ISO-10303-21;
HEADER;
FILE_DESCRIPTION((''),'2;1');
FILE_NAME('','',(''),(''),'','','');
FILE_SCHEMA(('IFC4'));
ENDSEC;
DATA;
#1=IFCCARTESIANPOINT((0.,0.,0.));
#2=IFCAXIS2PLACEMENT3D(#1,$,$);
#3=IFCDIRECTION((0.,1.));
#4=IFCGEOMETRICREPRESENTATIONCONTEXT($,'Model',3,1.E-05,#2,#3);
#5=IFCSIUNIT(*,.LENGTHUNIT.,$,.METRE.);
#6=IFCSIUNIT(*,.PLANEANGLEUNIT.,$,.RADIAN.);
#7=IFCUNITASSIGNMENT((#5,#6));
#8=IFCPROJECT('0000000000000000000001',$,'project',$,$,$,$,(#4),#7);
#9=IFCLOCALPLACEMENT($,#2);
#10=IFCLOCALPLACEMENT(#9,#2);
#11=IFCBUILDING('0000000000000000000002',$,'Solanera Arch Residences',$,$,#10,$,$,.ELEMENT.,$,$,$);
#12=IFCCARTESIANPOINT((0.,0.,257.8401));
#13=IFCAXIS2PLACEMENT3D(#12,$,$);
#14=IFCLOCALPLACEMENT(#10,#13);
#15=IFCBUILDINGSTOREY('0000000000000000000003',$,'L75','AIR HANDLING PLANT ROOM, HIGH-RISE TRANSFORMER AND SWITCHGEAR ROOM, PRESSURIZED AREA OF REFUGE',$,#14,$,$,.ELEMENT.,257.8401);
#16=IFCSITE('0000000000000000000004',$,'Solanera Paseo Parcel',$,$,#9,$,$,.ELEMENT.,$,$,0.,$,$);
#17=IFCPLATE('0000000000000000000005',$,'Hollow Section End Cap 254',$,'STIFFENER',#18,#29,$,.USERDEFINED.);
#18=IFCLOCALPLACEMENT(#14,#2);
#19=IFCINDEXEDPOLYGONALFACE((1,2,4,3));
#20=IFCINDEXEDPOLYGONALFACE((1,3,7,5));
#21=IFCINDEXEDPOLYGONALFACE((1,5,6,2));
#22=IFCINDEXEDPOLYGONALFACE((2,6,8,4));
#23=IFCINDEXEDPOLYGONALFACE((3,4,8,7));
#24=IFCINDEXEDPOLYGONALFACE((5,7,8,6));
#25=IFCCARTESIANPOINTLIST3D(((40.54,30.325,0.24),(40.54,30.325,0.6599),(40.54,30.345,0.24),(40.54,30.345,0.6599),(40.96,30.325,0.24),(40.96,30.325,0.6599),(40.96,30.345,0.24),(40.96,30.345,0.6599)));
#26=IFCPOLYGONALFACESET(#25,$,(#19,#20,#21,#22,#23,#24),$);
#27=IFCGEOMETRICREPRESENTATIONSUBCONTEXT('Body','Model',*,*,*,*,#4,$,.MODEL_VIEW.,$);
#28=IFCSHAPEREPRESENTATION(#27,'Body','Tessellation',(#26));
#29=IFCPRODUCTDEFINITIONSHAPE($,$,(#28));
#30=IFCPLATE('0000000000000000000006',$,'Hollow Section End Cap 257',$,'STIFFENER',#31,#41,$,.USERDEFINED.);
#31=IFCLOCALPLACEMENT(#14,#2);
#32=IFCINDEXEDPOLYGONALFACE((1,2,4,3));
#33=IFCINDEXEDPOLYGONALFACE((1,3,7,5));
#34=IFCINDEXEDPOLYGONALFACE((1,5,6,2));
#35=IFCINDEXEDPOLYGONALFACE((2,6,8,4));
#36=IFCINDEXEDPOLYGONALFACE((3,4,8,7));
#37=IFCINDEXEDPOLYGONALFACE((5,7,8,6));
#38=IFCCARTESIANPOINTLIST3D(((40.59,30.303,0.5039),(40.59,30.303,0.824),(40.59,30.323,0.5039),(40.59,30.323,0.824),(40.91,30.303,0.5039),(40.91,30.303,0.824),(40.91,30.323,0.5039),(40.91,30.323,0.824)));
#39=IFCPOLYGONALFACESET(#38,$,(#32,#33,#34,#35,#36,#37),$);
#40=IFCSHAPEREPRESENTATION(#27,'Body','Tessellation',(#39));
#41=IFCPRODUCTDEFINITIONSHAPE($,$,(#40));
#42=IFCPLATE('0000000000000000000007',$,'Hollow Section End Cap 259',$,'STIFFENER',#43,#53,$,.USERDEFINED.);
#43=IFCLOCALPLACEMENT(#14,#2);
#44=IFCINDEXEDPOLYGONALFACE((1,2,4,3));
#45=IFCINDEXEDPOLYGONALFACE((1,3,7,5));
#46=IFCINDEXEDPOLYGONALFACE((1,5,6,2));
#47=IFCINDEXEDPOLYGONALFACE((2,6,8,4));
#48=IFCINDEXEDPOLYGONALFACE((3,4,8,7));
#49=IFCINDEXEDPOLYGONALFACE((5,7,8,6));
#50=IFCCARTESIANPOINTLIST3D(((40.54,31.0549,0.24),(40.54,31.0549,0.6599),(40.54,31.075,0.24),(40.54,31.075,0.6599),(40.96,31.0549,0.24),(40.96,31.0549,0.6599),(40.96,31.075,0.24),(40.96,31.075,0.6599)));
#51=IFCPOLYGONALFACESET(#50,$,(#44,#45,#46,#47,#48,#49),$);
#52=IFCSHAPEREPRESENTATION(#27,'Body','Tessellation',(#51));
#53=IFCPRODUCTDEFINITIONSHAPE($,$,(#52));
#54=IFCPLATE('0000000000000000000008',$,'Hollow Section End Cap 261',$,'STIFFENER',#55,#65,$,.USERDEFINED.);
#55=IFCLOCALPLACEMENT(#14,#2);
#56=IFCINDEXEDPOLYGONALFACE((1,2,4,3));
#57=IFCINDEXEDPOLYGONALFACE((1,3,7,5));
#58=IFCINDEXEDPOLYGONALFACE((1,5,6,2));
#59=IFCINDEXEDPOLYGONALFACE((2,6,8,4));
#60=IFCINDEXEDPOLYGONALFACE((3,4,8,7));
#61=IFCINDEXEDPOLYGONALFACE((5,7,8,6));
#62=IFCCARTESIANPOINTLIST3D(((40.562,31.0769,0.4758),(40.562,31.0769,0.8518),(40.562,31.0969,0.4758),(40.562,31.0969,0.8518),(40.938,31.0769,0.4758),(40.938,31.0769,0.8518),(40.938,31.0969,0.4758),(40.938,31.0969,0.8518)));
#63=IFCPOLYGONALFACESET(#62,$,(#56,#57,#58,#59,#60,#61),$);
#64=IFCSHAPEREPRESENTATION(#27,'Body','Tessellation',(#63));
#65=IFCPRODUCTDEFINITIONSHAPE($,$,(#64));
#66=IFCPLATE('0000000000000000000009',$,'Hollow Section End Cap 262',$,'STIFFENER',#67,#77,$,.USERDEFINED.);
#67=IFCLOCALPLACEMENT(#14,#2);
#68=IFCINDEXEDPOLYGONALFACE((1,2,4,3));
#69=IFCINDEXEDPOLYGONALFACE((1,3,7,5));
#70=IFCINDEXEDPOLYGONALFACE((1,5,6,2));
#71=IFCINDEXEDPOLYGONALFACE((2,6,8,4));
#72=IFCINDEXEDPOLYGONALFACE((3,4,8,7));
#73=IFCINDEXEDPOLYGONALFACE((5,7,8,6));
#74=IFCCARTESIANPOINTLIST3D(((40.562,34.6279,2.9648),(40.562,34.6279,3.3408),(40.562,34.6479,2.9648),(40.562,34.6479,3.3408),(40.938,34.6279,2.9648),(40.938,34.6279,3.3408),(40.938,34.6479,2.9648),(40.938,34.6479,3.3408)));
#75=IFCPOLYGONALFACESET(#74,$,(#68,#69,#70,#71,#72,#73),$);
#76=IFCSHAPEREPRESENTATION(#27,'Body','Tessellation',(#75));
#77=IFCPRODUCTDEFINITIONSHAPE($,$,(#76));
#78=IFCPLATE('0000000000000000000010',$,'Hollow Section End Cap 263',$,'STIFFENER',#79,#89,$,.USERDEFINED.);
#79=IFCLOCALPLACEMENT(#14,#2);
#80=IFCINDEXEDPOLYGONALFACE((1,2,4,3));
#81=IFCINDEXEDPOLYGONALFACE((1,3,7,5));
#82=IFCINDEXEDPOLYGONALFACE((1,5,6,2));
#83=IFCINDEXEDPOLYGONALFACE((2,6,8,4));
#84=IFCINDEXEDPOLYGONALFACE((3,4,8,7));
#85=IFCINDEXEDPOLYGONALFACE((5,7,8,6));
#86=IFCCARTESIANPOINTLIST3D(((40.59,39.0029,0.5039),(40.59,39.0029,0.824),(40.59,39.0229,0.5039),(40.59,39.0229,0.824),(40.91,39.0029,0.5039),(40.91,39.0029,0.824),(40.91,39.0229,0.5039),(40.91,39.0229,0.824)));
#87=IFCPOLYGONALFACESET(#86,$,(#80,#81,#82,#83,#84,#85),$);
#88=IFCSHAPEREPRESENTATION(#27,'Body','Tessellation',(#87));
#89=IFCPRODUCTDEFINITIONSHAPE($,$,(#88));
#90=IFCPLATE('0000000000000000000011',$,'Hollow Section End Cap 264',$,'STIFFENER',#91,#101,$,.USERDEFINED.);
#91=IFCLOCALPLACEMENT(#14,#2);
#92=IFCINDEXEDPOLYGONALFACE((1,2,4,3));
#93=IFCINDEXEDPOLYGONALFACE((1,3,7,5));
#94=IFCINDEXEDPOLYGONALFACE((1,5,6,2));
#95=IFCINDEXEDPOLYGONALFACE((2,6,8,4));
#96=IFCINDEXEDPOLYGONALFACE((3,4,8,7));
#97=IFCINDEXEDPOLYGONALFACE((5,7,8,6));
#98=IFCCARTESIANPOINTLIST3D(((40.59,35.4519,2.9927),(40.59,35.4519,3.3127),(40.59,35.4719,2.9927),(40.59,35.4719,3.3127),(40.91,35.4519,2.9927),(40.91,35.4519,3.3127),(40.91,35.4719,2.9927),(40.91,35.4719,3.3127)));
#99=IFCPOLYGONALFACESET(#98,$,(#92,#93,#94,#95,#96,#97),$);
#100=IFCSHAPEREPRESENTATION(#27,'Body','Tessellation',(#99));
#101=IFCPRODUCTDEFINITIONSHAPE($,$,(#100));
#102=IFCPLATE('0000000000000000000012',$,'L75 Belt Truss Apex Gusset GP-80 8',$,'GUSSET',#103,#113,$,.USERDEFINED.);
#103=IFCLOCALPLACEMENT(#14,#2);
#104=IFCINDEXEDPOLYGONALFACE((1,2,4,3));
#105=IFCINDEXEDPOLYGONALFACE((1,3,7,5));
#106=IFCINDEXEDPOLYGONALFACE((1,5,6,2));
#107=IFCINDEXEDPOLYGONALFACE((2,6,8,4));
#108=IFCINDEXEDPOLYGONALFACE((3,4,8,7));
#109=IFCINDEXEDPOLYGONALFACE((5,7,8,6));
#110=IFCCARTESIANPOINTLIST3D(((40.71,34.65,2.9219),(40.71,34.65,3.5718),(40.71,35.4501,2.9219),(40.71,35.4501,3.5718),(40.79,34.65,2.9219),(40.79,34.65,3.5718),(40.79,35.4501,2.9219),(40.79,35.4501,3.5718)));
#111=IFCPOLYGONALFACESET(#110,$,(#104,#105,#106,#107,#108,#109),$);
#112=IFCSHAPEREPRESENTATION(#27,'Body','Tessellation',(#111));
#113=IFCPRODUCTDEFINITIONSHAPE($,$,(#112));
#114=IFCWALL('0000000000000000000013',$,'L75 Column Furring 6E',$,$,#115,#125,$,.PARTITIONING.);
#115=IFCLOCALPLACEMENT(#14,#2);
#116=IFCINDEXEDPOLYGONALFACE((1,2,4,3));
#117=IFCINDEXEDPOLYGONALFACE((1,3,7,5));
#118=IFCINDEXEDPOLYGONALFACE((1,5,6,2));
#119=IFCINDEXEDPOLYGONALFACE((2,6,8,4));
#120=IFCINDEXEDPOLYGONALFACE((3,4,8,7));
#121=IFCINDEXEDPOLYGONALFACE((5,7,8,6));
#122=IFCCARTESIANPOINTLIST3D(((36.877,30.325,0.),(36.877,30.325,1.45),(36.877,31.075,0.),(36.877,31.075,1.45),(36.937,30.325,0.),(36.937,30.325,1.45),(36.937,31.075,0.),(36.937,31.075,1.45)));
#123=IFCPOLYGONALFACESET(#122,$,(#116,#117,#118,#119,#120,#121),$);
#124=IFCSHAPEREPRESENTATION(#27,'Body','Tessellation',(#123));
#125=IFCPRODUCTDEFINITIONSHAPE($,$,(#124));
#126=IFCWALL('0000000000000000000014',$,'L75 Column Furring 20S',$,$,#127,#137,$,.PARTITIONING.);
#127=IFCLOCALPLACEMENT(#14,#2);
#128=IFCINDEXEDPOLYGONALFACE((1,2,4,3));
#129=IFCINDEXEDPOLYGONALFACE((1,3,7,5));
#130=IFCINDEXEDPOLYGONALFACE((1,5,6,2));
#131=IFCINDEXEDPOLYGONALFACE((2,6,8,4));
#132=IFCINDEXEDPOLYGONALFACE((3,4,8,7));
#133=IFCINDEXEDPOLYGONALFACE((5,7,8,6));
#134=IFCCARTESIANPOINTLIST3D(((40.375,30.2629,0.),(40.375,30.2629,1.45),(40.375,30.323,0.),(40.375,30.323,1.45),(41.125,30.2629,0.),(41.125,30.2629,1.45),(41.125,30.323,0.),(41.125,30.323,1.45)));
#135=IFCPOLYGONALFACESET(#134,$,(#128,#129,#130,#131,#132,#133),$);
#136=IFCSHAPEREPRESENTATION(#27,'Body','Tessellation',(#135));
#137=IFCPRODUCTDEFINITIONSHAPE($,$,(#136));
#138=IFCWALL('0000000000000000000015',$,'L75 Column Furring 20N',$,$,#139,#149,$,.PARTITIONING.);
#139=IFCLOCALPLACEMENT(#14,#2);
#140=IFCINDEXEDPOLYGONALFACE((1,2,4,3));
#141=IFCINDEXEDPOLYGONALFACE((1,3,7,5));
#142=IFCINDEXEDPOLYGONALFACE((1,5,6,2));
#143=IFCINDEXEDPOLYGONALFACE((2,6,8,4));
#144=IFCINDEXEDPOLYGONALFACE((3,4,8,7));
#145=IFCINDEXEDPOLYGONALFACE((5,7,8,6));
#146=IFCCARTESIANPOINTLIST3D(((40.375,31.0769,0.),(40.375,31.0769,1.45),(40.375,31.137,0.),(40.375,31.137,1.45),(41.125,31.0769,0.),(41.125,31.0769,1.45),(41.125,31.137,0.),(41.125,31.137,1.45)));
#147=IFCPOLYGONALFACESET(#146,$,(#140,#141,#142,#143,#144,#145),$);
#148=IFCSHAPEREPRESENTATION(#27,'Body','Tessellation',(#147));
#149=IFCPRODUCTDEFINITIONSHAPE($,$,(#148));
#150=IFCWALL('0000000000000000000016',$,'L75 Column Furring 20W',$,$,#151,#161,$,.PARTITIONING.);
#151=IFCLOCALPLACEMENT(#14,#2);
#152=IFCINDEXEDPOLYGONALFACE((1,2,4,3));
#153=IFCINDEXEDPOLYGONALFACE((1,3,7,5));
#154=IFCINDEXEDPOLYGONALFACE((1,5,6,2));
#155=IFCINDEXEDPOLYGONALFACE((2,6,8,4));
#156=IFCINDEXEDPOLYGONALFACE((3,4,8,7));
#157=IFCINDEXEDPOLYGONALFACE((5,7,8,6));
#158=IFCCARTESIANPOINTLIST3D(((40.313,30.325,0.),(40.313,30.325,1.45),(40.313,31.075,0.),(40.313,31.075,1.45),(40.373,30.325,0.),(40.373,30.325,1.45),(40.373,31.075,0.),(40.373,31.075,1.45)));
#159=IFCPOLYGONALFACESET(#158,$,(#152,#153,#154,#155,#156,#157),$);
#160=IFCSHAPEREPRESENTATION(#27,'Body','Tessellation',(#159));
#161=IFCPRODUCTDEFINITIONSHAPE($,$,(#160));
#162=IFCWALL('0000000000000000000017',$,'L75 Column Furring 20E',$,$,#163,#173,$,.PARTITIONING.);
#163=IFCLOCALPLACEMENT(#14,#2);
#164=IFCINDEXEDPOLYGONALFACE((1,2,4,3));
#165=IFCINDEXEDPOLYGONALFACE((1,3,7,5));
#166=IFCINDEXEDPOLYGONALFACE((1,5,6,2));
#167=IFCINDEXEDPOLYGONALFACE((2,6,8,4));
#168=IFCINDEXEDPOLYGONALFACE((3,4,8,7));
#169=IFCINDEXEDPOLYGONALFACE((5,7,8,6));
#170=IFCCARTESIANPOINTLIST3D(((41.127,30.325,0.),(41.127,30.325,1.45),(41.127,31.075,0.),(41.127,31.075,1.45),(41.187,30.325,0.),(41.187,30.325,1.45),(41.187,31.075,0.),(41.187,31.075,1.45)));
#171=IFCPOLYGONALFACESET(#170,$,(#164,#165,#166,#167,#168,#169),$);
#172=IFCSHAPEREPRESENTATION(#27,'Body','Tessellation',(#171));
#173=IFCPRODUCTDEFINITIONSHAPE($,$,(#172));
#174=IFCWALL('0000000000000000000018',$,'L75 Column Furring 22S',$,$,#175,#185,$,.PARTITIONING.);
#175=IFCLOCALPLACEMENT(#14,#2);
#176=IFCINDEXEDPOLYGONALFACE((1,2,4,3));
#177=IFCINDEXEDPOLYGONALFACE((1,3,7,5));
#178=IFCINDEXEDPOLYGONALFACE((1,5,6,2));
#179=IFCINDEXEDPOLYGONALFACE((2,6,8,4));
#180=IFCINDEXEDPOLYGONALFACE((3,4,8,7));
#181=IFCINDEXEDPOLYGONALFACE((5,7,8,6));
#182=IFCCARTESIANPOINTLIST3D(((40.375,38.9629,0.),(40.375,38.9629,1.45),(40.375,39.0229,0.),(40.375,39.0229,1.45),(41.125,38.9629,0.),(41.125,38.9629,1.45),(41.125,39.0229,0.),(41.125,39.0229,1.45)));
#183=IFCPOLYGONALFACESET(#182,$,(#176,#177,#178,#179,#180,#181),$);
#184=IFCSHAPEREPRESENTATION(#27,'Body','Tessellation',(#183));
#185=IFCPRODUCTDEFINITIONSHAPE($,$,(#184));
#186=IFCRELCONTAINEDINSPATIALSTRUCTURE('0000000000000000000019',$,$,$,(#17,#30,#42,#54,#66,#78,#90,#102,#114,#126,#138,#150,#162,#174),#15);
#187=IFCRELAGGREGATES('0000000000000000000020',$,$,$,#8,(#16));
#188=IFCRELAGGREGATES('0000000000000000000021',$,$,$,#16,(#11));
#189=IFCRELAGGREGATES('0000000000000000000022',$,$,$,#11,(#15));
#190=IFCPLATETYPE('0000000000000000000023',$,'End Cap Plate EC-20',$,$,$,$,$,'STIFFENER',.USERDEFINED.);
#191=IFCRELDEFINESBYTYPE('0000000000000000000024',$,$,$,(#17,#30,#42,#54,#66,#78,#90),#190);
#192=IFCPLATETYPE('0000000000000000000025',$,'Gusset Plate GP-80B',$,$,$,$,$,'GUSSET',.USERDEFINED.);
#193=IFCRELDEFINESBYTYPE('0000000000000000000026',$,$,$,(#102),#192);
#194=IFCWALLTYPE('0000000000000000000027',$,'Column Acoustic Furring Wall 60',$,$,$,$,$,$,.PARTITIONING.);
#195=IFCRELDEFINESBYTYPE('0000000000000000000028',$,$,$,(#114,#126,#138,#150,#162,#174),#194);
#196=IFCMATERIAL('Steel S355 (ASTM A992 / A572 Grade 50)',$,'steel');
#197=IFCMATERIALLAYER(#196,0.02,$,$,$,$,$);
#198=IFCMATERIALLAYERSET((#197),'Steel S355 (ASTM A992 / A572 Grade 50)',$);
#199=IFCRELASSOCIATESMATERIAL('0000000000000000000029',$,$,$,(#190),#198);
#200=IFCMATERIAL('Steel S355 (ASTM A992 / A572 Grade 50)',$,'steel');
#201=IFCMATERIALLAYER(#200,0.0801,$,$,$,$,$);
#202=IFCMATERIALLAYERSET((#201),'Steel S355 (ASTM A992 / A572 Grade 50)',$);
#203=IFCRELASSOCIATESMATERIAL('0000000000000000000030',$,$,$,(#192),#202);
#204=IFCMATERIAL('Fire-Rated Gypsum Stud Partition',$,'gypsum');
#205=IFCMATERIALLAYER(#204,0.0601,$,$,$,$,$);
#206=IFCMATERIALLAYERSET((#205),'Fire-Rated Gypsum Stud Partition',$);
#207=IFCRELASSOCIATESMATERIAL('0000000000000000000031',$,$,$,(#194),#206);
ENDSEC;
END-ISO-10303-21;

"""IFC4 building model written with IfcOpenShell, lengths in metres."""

from ifc_helpers import new_model, si_unit, direction, frame, frame_2d, origin, origin_2d, place, context, subcontext, project, spatial, rectangle, extrude, material, layer, layer_set, type_object, element, save


model = new_model("IFC4")

# Units and contexts
model_context = context("Model", 3, precision=1e-05, world=origin(), true_north=direction((0.0, 1.0)))
body_context = subcontext(model_context, "Body", "Model", "MODEL_VIEW")
ifc_project = project(units=[si_unit("LENGTHUNIT", "METRE"), si_unit("PLANEANGLEUNIT", "RADIAN")], contexts=[model_context])

# Site, building, storey
site_placement = place(None, origin())
site = spatial("IfcSite", under=ifc_project, at=site_placement, Name="Solanera Paseo Parcel", CompositionType="ELEMENT", RefElevation=0.0)
building_placement = place(site_placement, origin())
building = spatial("IfcBuilding", under=site, at=building_placement, Name="Solanera Arch Residences", CompositionType="ELEMENT")
storey_placement = place(building_placement, frame((0.0, 0.0, 257.8401)))
storey = spatial("IfcBuildingStorey", under=building, at=storey_placement, Name="L75", Description="AIR HANDLING PLANT ROOM, HIGH-RISE TRANSFORMER AND SWITCHGEAR ROOM, PRESSURIZED AREA OF REFUGE", CompositionType="ELEMENT", Elevation=257.8401)

# Plates
ifc_material_1 = material(Name="Steel S355 (ASTM A992 / A572 Grade 50)", Category="steel")
ifc_layer_1 = layer(ifc_material_1, 0.02)
ifc_layer_set_1 = layer_set([ifc_layer_1], Name="Steel S355 (ASTM A992 / A572 Grade 50)")
plate_type_1 = type_object("IfcPlateType", Name="End Cap Plate EC-20", ElementType="STIFFENER", PredefinedType="USERDEFINED", material=ifc_layer_set_1)
plate_1_placement = place(storey_placement, frame((40.75, 30.335, 0.24), z_axis=(0.0, 0.0, 1.0), x_axis=(0.0, 1.0, 0.0)))
element("IfcPlate", 1, at=plate_1_placement, inside=storey, type_object=plate_type_1, Name="Hollow Section End Cap 254", ObjectType="STIFFENER", PredefinedType="USERDEFINED", context=body_context, shape_type="SweptSolid", body=[
    extrude(rectangle(XDim=0.02, YDim=0.4199, at=origin_2d()), origin(), (0.0, 0.0, 1.0), 0.4199),
])
plate_2_placement = place(storey_placement, frame((40.75, 30.313, 0.5039), z_axis=(0.0, 0.0, 1.0), x_axis=(0.0, 1.0, 0.0)))
element("IfcPlate", 2, at=plate_2_placement, inside=storey, type_object=plate_type_1, Name="Hollow Section End Cap 257", ObjectType="STIFFENER", PredefinedType="USERDEFINED", context=body_context, shape_type="SweptSolid", body=[
    extrude(rectangle(XDim=0.02, YDim=0.3201, at=origin_2d()), origin(), (0.0, 0.0, 1.0), 0.3201),
])
plate_3_placement = place(storey_placement, frame((40.75, 31.0649, 0.24), z_axis=(0.0, 0.0, 1.0), x_axis=(0.0, -1.0, 0.0)))
element("IfcPlate", 3, at=plate_3_placement, inside=storey, type_object=plate_type_1, Name="Hollow Section End Cap 259", ObjectType="STIFFENER", PredefinedType="USERDEFINED", context=body_context, shape_type="SweptSolid", body=[
    extrude(rectangle(XDim=0.02, YDim=0.4199, at=origin_2d()), origin(), (0.0, 0.0, 1.0), 0.4199),
])
for number, where, z_axis, x_axis, name in (
    (4, (40.75, 31.0869, 0.4758), (0.0, 0.0, 1.0), (0.0, -1.0, 0.0), "Hollow Section End Cap 261"),
    (5, (40.75, 34.6379, 2.9648), (0.0, 0.0, 1.0), (0.0, 1.0, 0.0), "Hollow Section End Cap 262"),
):
    element("IfcPlate", number, at=place(storey_placement, frame(where, z_axis=z_axis, x_axis=x_axis)), inside=storey, type_object=plate_type_1, Name=name, ObjectType="STIFFENER", PredefinedType="USERDEFINED", context=body_context, shape_type="SweptSolid", body=[
        extrude(rectangle(XDim=0.02, YDim=0.376, at=origin_2d()), origin(), (0.0, 0.0, 1.0), 0.376),
    ])
for number, where, z_axis, x_axis, name in (
    (6, (40.75, 39.0129, 0.5039), (0.0, 0.0, 1.0), (0.0, 1.0, 0.0), "Hollow Section End Cap 263"),
    (7, (40.75, 35.4619, 2.9927), (0.0, 0.0, 1.0), (0.0, -1.0, 0.0), "Hollow Section End Cap 264"),
):
    element("IfcPlate", number, at=place(storey_placement, frame(where, z_axis=z_axis, x_axis=x_axis)), inside=storey, type_object=plate_type_1, Name=name, ObjectType="STIFFENER", PredefinedType="USERDEFINED", context=body_context, shape_type="SweptSolid", body=[
        extrude(rectangle(XDim=0.02, YDim=0.3201, at=origin_2d()), origin(), (0.0, 0.0, 1.0), 0.3201),
    ])
ifc_material_2 = material(Name="Steel S355 (ASTM A992 / A572 Grade 50)", Category="steel")
ifc_layer_2 = layer(ifc_material_2, 0.0801)
ifc_layer_set_2 = layer_set([ifc_layer_2], Name="Steel S355 (ASTM A992 / A572 Grade 50)")
plate_type_2 = type_object("IfcPlateType", Name="Gusset Plate GP-80B", ElementType="GUSSET", PredefinedType="USERDEFINED", material=ifc_layer_set_2)
plate_4_placement = place(storey_placement, frame((40.75, 35.05, 2.9219), z_axis=(0.0, 0.0, 1.0), x_axis=(1.0, 0.0, 0.0)))
element("IfcPlate", 8, at=plate_4_placement, inside=storey, type_object=plate_type_2, Name="L75 Belt Truss Apex Gusset GP-80 8", ObjectType="GUSSET", PredefinedType="USERDEFINED", context=body_context, shape_type="SweptSolid", body=[
    extrude(rectangle(XDim=0.0801, YDim=0.8, at=origin_2d()), origin(), (0.0, 0.0, 1.0), 0.6499),
])

# Walls
ifc_material_3 = material(Name="Fire-Rated Gypsum Stud Partition", Category="gypsum")
ifc_layer_3 = layer(ifc_material_3, 0.0601)
ifc_layer_set_3 = layer_set([ifc_layer_3], Name="Fire-Rated Gypsum Stud Partition")
wall_type = type_object("IfcWallType", Name="Column Acoustic Furring Wall 60", PredefinedType="PARTITIONING", material=ifc_layer_set_3)
for number, where, z_axis, x_axis, name in (
    (9, (36.907, 30.325, 0.0), (0.0, 0.0, 1.0), (0.0, 1.0, 0.0), "L75 Column Furring 6E"),
    (10, (40.375, 30.293, 0.0), (0.0, 0.0, 1.0), (1.0, 0.0, 0.0), "L75 Column Furring 20S"),
    (11, (40.375, 31.1069, 0.0), (0.0, 0.0, 1.0), (1.0, 0.0, 0.0), "L75 Column Furring 20N"),
    (12, (40.343, 30.325, 0.0), (0.0, 0.0, 1.0), (0.0, 1.0, 0.0), "L75 Column Furring 20W"),
    (13, (41.157, 30.325, 0.0), (0.0, 0.0, 1.0), (0.0, 1.0, 0.0), "L75 Column Furring 20E"),
    (14, (40.375, 38.9929, 0.0), (0.0, 0.0, 1.0), (1.0, 0.0, 0.0), "L75 Column Furring 22S"),
):
    element("IfcWall", number, at=place(storey_placement, frame(where, z_axis=z_axis, x_axis=x_axis)), inside=storey, type_object=wall_type, Name=name, PredefinedType="PARTITIONING", context=body_context, shape_type="SweptSolid", body=[
        extrude(rectangle(XDim=0.75, YDim=0.0601, at=frame_2d((0.375, 0.0))), origin(), (0.0, 0.0, 1.0), 1.45),
    ])

save(model, "model.ifc")
